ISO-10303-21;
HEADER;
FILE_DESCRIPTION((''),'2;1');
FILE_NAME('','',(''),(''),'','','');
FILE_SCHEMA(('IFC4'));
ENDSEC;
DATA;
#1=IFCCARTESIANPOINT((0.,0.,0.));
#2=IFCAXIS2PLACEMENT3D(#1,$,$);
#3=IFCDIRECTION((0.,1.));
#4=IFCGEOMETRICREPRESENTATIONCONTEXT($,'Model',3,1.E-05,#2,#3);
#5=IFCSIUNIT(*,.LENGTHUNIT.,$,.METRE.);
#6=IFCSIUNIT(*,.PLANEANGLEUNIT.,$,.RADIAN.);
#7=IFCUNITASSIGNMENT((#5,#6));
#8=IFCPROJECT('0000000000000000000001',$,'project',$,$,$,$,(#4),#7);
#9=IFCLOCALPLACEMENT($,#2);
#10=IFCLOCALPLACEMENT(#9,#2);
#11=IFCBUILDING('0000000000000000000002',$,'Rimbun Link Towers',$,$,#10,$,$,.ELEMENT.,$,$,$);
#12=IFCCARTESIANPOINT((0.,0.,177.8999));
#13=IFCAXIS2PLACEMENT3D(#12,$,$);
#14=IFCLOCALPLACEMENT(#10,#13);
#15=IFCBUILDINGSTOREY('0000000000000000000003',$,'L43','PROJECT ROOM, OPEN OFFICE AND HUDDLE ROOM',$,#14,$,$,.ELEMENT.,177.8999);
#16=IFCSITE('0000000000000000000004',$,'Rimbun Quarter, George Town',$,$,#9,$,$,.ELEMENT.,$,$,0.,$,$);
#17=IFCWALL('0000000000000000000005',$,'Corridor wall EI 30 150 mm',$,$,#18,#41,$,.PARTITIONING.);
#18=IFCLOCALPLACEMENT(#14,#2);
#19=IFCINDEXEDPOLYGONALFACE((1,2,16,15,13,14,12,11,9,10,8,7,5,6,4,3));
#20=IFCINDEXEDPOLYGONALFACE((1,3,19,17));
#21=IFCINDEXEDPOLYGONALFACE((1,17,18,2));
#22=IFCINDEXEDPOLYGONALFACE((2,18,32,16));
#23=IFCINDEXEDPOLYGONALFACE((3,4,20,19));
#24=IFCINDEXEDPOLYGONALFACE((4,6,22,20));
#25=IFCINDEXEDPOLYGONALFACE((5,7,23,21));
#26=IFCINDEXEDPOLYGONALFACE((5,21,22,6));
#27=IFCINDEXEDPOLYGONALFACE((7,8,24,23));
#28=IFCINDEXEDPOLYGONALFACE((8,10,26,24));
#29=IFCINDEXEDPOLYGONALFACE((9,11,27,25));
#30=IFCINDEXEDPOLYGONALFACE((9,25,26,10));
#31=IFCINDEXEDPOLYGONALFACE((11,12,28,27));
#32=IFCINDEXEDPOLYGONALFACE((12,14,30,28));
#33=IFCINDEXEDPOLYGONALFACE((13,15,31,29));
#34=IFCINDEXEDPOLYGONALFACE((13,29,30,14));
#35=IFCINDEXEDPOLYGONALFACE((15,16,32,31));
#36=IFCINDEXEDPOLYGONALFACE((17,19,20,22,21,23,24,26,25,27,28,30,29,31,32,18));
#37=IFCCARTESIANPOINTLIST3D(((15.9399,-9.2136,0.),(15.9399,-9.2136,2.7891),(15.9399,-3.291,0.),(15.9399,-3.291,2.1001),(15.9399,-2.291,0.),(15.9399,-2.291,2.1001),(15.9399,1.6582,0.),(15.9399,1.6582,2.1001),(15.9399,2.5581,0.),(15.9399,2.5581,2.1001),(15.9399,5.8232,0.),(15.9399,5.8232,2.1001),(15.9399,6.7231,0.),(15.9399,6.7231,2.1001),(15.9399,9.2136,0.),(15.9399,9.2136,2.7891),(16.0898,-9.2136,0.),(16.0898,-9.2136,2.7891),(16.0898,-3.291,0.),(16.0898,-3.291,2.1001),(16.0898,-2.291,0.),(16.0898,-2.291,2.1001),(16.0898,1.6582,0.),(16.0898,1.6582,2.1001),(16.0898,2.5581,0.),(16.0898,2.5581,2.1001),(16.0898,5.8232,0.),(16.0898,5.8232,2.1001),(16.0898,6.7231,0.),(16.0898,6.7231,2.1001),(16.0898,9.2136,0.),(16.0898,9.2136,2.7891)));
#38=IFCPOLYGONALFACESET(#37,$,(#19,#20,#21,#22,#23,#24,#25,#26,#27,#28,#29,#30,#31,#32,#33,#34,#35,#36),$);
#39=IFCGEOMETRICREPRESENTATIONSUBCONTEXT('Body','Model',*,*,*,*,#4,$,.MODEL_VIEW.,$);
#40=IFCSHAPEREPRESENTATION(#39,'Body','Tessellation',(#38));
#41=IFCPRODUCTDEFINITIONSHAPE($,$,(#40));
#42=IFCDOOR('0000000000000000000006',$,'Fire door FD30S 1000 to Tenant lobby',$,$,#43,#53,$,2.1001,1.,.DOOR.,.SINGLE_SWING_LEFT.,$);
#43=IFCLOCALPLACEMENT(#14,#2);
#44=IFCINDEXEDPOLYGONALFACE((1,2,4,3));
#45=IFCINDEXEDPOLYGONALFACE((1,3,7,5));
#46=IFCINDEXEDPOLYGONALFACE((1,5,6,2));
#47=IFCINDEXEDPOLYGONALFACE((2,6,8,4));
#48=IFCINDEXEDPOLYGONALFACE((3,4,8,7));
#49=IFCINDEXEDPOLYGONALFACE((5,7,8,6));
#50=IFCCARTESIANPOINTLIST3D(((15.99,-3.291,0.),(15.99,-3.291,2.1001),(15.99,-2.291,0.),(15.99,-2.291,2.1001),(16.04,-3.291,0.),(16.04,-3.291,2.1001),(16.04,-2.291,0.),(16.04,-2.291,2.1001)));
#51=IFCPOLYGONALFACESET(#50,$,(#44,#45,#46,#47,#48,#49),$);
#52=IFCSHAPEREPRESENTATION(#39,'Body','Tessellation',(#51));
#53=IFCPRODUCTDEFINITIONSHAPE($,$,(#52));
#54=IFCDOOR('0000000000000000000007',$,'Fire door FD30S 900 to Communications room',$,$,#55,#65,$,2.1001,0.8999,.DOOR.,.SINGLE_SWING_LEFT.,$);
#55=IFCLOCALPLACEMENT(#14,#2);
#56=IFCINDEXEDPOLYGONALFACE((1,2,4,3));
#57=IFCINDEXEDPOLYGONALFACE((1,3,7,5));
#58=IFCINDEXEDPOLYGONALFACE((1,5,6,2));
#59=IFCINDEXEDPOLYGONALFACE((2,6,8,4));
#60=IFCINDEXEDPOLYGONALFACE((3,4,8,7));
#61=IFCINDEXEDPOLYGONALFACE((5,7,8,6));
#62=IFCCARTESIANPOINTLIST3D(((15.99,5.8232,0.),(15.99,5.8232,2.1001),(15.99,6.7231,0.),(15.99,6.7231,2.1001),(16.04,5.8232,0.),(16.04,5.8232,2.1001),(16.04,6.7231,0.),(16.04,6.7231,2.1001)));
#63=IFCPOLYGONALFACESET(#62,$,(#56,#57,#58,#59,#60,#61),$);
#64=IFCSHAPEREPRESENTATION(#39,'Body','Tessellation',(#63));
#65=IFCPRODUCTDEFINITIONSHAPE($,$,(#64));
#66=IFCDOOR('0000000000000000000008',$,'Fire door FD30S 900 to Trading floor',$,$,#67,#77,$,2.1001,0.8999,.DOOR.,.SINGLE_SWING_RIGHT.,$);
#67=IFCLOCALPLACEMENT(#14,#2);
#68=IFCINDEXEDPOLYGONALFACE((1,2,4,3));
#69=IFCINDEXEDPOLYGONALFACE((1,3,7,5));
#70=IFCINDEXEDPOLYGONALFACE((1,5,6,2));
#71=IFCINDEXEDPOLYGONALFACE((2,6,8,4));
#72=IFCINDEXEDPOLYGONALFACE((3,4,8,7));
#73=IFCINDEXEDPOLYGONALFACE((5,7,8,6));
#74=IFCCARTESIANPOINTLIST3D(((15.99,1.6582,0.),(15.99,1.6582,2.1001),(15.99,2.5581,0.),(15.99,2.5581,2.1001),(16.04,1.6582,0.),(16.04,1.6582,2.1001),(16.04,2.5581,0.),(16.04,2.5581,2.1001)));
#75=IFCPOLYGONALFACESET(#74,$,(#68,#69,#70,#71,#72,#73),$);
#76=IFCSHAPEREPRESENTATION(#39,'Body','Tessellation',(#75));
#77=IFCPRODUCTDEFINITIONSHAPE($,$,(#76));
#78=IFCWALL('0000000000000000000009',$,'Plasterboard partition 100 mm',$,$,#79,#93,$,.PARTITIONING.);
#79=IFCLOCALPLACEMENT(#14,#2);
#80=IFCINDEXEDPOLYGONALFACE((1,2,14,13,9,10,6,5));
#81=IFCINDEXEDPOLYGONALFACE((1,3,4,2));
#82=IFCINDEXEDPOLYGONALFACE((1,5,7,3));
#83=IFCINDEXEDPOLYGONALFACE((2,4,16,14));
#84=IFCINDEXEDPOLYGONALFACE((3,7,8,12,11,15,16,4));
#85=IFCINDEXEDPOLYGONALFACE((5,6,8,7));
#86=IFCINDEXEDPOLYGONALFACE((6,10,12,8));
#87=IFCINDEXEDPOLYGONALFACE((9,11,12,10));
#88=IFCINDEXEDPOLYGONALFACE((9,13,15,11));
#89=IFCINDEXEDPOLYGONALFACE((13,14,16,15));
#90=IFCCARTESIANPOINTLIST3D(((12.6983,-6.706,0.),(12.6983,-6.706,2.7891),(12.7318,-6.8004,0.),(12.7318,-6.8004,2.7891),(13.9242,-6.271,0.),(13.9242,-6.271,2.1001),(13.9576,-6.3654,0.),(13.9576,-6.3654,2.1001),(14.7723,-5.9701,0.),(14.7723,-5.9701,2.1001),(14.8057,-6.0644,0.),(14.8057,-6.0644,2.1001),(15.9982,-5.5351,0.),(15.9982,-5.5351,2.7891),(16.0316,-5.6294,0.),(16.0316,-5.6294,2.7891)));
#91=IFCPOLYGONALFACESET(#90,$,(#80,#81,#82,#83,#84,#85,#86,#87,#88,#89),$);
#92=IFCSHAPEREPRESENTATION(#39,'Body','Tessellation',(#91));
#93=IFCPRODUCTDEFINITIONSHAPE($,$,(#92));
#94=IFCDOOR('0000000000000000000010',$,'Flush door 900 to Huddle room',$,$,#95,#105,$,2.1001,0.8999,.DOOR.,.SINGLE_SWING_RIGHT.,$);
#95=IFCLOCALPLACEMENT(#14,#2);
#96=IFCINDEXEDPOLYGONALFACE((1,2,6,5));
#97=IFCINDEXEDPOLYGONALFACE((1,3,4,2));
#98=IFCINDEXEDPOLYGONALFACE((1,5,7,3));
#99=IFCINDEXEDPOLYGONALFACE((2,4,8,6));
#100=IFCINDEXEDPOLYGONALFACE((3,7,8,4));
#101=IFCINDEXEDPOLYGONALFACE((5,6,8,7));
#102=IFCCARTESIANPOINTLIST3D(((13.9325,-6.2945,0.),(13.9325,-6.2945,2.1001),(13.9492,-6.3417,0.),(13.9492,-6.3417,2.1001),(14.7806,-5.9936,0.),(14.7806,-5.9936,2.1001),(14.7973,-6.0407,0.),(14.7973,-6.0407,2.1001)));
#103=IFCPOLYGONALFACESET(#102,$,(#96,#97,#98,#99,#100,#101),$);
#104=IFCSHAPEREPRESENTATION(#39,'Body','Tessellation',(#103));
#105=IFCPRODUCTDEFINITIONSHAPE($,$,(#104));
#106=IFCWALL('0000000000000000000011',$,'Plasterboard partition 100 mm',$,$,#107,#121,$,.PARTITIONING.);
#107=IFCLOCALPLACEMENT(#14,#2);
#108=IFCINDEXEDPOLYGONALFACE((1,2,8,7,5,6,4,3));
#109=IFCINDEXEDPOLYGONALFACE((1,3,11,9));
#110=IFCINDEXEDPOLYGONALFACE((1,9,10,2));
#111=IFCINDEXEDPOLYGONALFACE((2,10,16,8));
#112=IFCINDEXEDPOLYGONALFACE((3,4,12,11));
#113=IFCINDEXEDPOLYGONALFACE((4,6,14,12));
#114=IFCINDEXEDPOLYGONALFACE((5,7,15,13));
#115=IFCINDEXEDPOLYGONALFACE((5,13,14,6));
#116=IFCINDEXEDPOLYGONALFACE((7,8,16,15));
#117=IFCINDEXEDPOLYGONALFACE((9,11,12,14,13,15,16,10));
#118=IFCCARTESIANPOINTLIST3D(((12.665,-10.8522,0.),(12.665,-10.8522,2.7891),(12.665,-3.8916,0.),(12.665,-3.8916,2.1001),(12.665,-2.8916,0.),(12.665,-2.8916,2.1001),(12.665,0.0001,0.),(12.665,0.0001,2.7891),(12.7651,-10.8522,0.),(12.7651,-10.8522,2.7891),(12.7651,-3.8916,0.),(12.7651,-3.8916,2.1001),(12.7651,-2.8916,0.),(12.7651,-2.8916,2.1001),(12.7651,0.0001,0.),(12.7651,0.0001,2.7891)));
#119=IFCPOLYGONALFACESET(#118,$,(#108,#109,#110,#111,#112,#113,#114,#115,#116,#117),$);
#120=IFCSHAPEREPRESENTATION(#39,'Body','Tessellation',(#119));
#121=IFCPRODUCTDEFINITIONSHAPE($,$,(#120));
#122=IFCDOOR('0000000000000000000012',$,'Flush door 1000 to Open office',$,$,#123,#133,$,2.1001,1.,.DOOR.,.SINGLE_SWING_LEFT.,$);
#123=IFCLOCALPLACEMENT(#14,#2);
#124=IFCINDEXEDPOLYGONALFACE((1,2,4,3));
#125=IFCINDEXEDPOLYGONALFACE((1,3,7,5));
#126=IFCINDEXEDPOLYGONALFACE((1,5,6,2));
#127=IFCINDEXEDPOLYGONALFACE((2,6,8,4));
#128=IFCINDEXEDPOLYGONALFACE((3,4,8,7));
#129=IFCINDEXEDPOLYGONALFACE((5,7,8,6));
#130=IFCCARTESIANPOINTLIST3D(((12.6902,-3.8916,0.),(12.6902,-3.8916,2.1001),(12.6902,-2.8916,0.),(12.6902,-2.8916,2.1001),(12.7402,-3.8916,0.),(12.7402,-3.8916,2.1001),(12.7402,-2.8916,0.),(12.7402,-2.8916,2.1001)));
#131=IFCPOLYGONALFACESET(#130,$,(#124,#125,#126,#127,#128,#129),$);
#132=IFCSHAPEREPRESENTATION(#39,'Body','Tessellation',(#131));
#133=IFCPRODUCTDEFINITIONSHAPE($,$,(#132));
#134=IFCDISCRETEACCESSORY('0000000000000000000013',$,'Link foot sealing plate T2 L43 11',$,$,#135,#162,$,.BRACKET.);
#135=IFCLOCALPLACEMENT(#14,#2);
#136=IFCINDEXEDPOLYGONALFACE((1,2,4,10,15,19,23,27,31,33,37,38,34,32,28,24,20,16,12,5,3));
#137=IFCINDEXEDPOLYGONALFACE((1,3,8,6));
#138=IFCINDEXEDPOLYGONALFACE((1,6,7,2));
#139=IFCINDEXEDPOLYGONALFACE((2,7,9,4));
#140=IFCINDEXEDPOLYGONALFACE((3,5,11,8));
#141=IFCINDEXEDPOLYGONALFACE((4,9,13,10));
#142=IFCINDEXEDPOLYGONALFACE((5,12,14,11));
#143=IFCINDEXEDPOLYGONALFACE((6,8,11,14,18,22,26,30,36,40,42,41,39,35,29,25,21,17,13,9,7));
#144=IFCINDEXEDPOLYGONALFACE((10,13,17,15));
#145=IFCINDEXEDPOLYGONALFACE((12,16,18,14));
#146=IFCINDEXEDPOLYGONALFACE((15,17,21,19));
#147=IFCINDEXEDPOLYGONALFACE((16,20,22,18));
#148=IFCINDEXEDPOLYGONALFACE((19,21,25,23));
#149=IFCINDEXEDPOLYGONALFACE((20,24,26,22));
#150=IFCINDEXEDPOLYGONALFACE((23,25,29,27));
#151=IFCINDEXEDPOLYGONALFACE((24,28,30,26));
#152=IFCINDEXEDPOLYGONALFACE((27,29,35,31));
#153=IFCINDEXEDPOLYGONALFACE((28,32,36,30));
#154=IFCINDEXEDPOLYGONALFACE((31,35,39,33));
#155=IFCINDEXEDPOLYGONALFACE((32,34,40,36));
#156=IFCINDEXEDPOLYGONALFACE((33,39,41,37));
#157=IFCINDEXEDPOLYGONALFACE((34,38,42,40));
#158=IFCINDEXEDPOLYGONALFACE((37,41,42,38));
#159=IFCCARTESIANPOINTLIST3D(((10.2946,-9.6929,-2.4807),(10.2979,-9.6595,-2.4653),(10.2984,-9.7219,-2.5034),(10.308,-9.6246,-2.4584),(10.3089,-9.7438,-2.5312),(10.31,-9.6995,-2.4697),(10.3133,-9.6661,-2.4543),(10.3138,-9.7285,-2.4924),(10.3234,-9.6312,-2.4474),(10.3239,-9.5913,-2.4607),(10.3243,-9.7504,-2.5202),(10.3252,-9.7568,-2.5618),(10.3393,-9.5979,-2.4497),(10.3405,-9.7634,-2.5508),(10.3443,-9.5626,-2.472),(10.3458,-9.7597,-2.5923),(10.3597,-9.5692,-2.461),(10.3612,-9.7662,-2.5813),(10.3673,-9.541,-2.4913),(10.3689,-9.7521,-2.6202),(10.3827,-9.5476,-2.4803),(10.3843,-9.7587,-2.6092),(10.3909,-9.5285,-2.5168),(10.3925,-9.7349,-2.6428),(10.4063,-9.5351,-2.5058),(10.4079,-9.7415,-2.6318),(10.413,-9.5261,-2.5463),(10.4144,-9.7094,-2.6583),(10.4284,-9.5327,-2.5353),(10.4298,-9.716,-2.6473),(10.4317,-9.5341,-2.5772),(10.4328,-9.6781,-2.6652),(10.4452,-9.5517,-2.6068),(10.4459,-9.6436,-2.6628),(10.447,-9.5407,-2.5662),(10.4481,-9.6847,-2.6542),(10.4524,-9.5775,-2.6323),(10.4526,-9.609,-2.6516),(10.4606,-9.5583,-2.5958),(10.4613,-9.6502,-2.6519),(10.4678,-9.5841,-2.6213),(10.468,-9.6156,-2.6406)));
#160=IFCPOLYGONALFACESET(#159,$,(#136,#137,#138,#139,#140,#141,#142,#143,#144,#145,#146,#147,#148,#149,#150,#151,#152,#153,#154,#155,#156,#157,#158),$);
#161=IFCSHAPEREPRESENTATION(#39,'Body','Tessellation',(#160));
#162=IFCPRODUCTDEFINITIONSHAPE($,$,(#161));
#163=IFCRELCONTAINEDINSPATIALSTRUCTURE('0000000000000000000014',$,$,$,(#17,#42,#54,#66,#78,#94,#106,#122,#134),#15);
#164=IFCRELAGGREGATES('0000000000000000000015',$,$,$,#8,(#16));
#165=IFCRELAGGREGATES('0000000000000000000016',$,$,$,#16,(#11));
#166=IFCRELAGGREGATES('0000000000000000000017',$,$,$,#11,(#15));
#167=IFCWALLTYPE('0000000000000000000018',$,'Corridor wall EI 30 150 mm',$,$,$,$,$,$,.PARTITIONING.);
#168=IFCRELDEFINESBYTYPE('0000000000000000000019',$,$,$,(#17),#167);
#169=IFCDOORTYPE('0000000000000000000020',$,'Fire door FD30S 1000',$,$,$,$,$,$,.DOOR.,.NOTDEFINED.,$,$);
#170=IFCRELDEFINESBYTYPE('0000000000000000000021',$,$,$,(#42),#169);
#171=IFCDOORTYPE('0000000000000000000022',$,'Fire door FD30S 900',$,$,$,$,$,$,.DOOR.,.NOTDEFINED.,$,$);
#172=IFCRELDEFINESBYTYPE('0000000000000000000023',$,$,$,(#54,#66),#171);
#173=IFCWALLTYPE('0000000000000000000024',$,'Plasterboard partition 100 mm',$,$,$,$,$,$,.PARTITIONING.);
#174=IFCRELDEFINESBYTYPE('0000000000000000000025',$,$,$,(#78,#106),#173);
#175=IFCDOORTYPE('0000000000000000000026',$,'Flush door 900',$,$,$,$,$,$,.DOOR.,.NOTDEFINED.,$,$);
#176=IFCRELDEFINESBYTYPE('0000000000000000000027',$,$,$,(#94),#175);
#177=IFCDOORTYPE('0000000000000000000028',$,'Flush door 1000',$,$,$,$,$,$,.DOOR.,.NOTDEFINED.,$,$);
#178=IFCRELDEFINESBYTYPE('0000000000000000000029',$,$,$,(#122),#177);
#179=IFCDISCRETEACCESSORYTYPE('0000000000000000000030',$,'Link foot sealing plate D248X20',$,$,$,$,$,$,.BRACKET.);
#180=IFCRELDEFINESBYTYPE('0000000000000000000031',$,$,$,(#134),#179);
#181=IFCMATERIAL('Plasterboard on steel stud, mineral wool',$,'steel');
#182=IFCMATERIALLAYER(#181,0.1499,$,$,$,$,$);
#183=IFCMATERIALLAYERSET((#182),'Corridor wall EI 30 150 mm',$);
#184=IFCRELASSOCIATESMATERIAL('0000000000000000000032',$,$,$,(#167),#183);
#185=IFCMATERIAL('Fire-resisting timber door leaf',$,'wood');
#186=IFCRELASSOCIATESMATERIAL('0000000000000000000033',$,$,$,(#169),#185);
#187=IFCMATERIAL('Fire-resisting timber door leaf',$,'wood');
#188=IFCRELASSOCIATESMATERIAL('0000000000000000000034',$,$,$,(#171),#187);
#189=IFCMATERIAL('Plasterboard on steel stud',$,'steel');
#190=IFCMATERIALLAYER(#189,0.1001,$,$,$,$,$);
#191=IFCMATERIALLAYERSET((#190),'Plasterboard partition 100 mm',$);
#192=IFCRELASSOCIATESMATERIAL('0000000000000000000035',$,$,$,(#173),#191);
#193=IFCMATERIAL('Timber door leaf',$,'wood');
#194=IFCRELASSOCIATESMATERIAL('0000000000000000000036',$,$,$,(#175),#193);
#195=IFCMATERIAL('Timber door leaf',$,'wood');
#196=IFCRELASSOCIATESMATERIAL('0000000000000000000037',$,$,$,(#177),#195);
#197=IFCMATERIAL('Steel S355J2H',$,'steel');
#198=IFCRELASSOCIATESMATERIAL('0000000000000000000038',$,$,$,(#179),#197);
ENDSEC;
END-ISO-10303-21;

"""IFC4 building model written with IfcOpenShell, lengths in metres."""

from ifc_helpers import new_model, si_unit, direction, frame, frame_2d, origin, origin_2d, place, context, subcontext, project, spatial, rectangle, circle, extrude, material, layer, layer_set, material_profile, profile_set, type_object, element, fill, save


model = new_model("IFC4")

# Units and contexts
model_context = context("Model", 3, precision=1e-05, world=origin(), true_north=direction((0.0, 1.0)))
body_context = subcontext(model_context, "Body", "Model", "MODEL_VIEW")
ifc_project = project(units=[si_unit("LENGTHUNIT", "METRE"), si_unit("PLANEANGLEUNIT", "RADIAN")], contexts=[model_context])

# Site, building, storey
site_placement = place(None, origin())
site = spatial("IfcSite", under=ifc_project, at=site_placement, Name="Rimbun Quarter, George Town", CompositionType="ELEMENT", RefElevation=0.0)
building_placement = place(site_placement, origin())
building = spatial("IfcBuilding", under=site, at=building_placement, Name="Rimbun Link Towers", CompositionType="ELEMENT")
storey_placement = place(building_placement, frame((0.0, 0.0, 177.8999)))
storey = spatial("IfcBuildingStorey", under=building, at=storey_placement, Name="L43", Description="PROJECT ROOM, OPEN OFFICE AND HUDDLE ROOM", CompositionType="ELEMENT", Elevation=177.8999)

# Shared definitions
ifc_material_1 = material(Name="Plasterboard on steel stud, mineral wool", Category="steel")
ifc_layer_1 = layer(ifc_material_1, 0.1499)
ifc_layer_set_1 = layer_set([ifc_layer_1], Name="Corridor wall EI 30 150 mm")
wall_type_1 = type_object("IfcWallType", Name="Corridor wall EI 30 150 mm", PredefinedType="PARTITIONING", material=ifc_layer_set_1)

# Wall, openings, doors
wall_1_placement = place(storey_placement, frame((16.0149, -9.2136, 0.0), z_axis=(0.0, 0.0, 1.0), x_axis=(0.0, 1.0, 0.0)))
wall_1 = element("IfcWall", 1, at=wall_1_placement, inside=storey, type_object=wall_type_1, Name="Corridor wall EI 30 150 mm", PredefinedType="PARTITIONING", context=body_context, shape_type="SweptSolid", body=[
    extrude(rectangle(XDim=18.4272, YDim=0.1499, at=frame_2d((9.2136, 0.0))), origin(), (0.0, 0.0, 1.0), 2.7891),
])
opening_1_placement = place(wall_1_placement, frame((15.0369, 0.0, 0.0)))
opening_1 = element("IfcOpeningElement", 2, at=opening_1_placement, cuts=wall_1, PredefinedType="OPENING", context=body_context, shape_type="SweptSolid", body=[
    extrude(rectangle(XDim=0.8999, YDim=2.1001, at=frame_2d((0.45, 1.05))), frame((0.0, 0.085, 0.0), z_axis=(0.0, -1.0, 0.0), x_axis=(1.0, 0.0, 0.0)), (0.0, 0.0, 1.0), 0.1699),
])
opening_2_placement = place(wall_1_placement, frame((10.8718, 0.0, 0.0)))
opening_2 = element("IfcOpeningElement", 3, at=opening_2_placement, cuts=wall_1, PredefinedType="OPENING", context=body_context, shape_type="SweptSolid", body=[
    extrude(rectangle(XDim=0.8999, YDim=2.1001, at=frame_2d((0.45, 1.05))), frame((0.0, 0.085, 0.0), z_axis=(0.0, -1.0, 0.0), x_axis=(1.0, 0.0, 0.0)), (0.0, 0.0, 1.0), 0.1699),
])
opening_3_placement = place(wall_1_placement, frame((5.9226, 0.0, 0.0)))
opening_3 = element("IfcOpeningElement", 4, at=opening_3_placement, cuts=wall_1, PredefinedType="OPENING", context=body_context, shape_type="SweptSolid", body=[
    extrude(rectangle(XDim=1.0, YDim=2.1001, at=frame_2d((0.5, 1.05))), frame((0.0, 0.085, 0.0), z_axis=(0.0, -1.0, 0.0), x_axis=(1.0, 0.0, 0.0)), (0.0, 0.0, 1.0), 0.1699),
])
ifc_material_2 = material(Name="Fire-resisting timber door leaf", Category="wood")
door_type_1 = type_object("IfcDoorType", Name="Fire door FD30S 1000", OperationType="NOTDEFINED", PredefinedType="DOOR", material=ifc_material_2)
door_1_placement = place(opening_3_placement, origin())
door_1 = element("IfcDoor", 5, at=door_1_placement, inside=storey, type_object=door_type_1, Name="Fire door FD30S 1000 to Tenant lobby", OperationType="SINGLE_SWING_LEFT", OverallHeight=2.1001, OverallWidth=1.0, PredefinedType="DOOR", context=body_context, shape_type="SweptSolid", body=[
    extrude(rectangle(XDim=1.0, YDim=2.1001, at=frame_2d((0.5, 1.05))), frame((0.0, 0.0249, 0.0), z_axis=(0.0, -1.0, 0.0), x_axis=(1.0, 0.0, 0.0)), (0.0, 0.0, 1.0), 0.05),
])
fill(opening_3, door_1)
ifc_material_3 = material(Name="Fire-resisting timber door leaf", Category="wood")
door_type_2 = type_object("IfcDoorType", Name="Fire door FD30S 900", OperationType="NOTDEFINED", PredefinedType="DOOR", material=ifc_material_3)
door_2_placement = place(opening_1_placement, origin())
door_2 = element("IfcDoor", 6, at=door_2_placement, inside=storey, type_object=door_type_2, Name="Fire door FD30S 900 to Communications room", OperationType="SINGLE_SWING_LEFT", OverallHeight=2.1001, OverallWidth=0.8999, PredefinedType="DOOR", context=body_context, shape_type="SweptSolid", body=[
    extrude(rectangle(XDim=0.8999, YDim=2.1001, at=frame_2d((0.45, 1.05))), frame((0.0, 0.0249, 0.0), z_axis=(0.0, -1.0, 0.0), x_axis=(1.0, 0.0, 0.0)), (0.0, 0.0, 1.0), 0.05),
])
fill(opening_1, door_2)
door_3_placement = place(opening_2_placement, origin())
door_3 = element("IfcDoor", 7, at=door_3_placement, inside=storey, type_object=door_type_2, Name="Fire door FD30S 900 to Trading floor", OperationType="SINGLE_SWING_RIGHT", OverallHeight=2.1001, OverallWidth=0.8999, PredefinedType="DOOR", context=body_context, shape_type="SweptSolid", body=[
    extrude(rectangle(XDim=0.8999, YDim=2.1001, at=frame_2d((0.45, 1.05))), frame((0.0, 0.0249, 0.0), z_axis=(0.0, -1.0, 0.0), x_axis=(1.0, 0.0, 0.0)), (0.0, 0.0, 1.0), 0.05),
])
fill(opening_2, door_3)

# Walls, openings, doors
ifc_material_4 = material(Name="Plasterboard on steel stud", Category="steel")
ifc_layer_2 = layer(ifc_material_4, 0.1001)
ifc_layer_set_2 = layer_set([ifc_layer_2], Name="Plasterboard partition 100 mm")
wall_type_2 = type_object("IfcWallType", Name="Plasterboard partition 100 mm", PredefinedType="PARTITIONING", material=ifc_layer_set_2)
wall_2_placement = place(storey_placement, frame((16.0149, -5.5823, 0.0), z_axis=(0.0, 0.0, 1.0), x_axis=(-0.942428, -0.33441, 0.0)))
wall_2 = element("IfcWall", 8, at=wall_2_placement, inside=storey, type_object=wall_type_2, Name="Plasterboard partition 100 mm", PredefinedType="PARTITIONING", context=body_context, shape_type="SweptSolid", body=[
    extrude(rectangle(XDim=3.5015, YDim=0.1001, at=frame_2d((1.7507, 0.0))), origin(), (0.0, 0.0, 1.0), 2.7891),
])
opening_4_placement = place(wall_2_placement, frame((1.3008, 0.0, 0.0)))
opening_4 = element("IfcOpeningElement", 9, at=opening_4_placement, cuts=wall_2, PredefinedType="OPENING", context=body_context, shape_type="SweptSolid", body=[
    extrude(rectangle(XDim=0.8999, YDim=2.1001, at=frame_2d((0.45, 1.05))), frame((0.0, 0.0601, 0.0), z_axis=(0.0, -1.0, 0.0), x_axis=(1.0, 0.0, 0.0)), (0.0, 0.0, 1.0), 0.1201),
])
ifc_material_5 = material(Name="Timber door leaf", Category="wood")
door_type_3 = type_object("IfcDoorType", Name="Flush door 900", OperationType="NOTDEFINED", PredefinedType="DOOR", material=ifc_material_5)
door_4_placement = place(opening_4_placement, origin())
door_4 = element("IfcDoor", 10, at=door_4_placement, inside=storey, type_object=door_type_3, Name="Flush door 900 to Huddle room", OperationType="SINGLE_SWING_RIGHT", OverallHeight=2.1001, OverallWidth=0.8999, PredefinedType="DOOR", context=body_context, shape_type="SweptSolid", body=[
    extrude(rectangle(XDim=0.8999, YDim=2.1001, at=frame_2d((0.45, 1.05))), frame((0.0, 0.0249, 0.0), z_axis=(0.0, -1.0, 0.0), x_axis=(1.0, 0.0, 0.0)), (0.0, 0.0, 1.0), 0.05),
])
fill(opening_4, door_4)
wall_3_placement = place(storey_placement, frame((12.7151, -10.8523, 0.0), z_axis=(0.0, 0.0, 1.0), x_axis=(0.0, 1.0, 0.0)))
wall_3 = element("IfcWall", 11, at=wall_3_placement, inside=storey, type_object=wall_type_2, Name="Plasterboard partition 100 mm", PredefinedType="PARTITIONING", context=body_context, shape_type="SweptSolid", body=[
    extrude(rectangle(XDim=10.8523, YDim=0.1001, at=frame_2d((5.4263, 0.0))), origin(), (0.0, 0.0, 1.0), 2.7891),
])
opening_5_placement = place(wall_3_placement, frame((6.9607, 0.0, 0.0)))
opening_5 = element("IfcOpeningElement", 12, at=opening_5_placement, cuts=wall_3, PredefinedType="OPENING", context=body_context, shape_type="SweptSolid", body=[
    extrude(rectangle(XDim=1.0, YDim=2.1001, at=frame_2d((0.5, 1.05))), frame((0.0, 0.0601, 0.0), z_axis=(0.0, -1.0, 0.0), x_axis=(1.0, 0.0, 0.0)), (0.0, 0.0, 1.0), 0.1201),
])
ifc_material_6 = material(Name="Timber door leaf", Category="wood")
door_type_4 = type_object("IfcDoorType", Name="Flush door 1000", OperationType="NOTDEFINED", PredefinedType="DOOR", material=ifc_material_6)
door_5_placement = place(opening_5_placement, origin())
door_5 = element("IfcDoor", 13, at=door_5_placement, inside=storey, type_object=door_type_4, Name="Flush door 1000 to Open office", OperationType="SINGLE_SWING_LEFT", OverallHeight=2.1001, OverallWidth=1.0, PredefinedType="DOOR", context=body_context, shape_type="SweptSolid", body=[
    extrude(rectangle(XDim=1.0, YDim=2.1001, at=frame_2d((0.5, 1.05))), frame((0.0, 0.0249, 0.0), z_axis=(0.0, -1.0, 0.0), x_axis=(1.0, 0.0, 0.0)), (0.0, 0.0, 1.0), 0.05),
])
fill(opening_5, door_5)

# Discrete accessory
ifc_material_7 = material(Name="Steel S355J2H", Category="steel")
ifc_material_profile_1 = material_profile(ifc_material_7, circle(Radius=0.124, at=origin_2d()), Name="PL D248")
ifc_profile_set_1 = profile_set([ifc_material_profile_1], Name="Steel S355J2H")
discrete_accessory_type_1 = type_object("IfcDiscreteAccessoryType", Name="Link foot sealing plate D248X20", PredefinedType="BRACKET", material=ifc_profile_set_1)
discrete_accessory_1_placement = place(storey_placement, frame((10.3894, -9.6494, -2.5508), z_axis=(-0.76835, 0.329293, -0.548821), x_axis=(-0.393919, -0.919145, 0.0)))
element("IfcDiscreteAccessory", 14, at=discrete_accessory_1_placement, inside=storey, type_object=discrete_accessory_type_1, Name="Link foot sealing plate T2 L43 11", PredefinedType="BRACKET", context=body_context, shape_type="SweptSolid", body=[
    extrude(circle(Radius=0.124, at=origin_2d()), origin(), (0.0, 0.0, 1.0), 0.02),
])

save(model, "model.ifc")
